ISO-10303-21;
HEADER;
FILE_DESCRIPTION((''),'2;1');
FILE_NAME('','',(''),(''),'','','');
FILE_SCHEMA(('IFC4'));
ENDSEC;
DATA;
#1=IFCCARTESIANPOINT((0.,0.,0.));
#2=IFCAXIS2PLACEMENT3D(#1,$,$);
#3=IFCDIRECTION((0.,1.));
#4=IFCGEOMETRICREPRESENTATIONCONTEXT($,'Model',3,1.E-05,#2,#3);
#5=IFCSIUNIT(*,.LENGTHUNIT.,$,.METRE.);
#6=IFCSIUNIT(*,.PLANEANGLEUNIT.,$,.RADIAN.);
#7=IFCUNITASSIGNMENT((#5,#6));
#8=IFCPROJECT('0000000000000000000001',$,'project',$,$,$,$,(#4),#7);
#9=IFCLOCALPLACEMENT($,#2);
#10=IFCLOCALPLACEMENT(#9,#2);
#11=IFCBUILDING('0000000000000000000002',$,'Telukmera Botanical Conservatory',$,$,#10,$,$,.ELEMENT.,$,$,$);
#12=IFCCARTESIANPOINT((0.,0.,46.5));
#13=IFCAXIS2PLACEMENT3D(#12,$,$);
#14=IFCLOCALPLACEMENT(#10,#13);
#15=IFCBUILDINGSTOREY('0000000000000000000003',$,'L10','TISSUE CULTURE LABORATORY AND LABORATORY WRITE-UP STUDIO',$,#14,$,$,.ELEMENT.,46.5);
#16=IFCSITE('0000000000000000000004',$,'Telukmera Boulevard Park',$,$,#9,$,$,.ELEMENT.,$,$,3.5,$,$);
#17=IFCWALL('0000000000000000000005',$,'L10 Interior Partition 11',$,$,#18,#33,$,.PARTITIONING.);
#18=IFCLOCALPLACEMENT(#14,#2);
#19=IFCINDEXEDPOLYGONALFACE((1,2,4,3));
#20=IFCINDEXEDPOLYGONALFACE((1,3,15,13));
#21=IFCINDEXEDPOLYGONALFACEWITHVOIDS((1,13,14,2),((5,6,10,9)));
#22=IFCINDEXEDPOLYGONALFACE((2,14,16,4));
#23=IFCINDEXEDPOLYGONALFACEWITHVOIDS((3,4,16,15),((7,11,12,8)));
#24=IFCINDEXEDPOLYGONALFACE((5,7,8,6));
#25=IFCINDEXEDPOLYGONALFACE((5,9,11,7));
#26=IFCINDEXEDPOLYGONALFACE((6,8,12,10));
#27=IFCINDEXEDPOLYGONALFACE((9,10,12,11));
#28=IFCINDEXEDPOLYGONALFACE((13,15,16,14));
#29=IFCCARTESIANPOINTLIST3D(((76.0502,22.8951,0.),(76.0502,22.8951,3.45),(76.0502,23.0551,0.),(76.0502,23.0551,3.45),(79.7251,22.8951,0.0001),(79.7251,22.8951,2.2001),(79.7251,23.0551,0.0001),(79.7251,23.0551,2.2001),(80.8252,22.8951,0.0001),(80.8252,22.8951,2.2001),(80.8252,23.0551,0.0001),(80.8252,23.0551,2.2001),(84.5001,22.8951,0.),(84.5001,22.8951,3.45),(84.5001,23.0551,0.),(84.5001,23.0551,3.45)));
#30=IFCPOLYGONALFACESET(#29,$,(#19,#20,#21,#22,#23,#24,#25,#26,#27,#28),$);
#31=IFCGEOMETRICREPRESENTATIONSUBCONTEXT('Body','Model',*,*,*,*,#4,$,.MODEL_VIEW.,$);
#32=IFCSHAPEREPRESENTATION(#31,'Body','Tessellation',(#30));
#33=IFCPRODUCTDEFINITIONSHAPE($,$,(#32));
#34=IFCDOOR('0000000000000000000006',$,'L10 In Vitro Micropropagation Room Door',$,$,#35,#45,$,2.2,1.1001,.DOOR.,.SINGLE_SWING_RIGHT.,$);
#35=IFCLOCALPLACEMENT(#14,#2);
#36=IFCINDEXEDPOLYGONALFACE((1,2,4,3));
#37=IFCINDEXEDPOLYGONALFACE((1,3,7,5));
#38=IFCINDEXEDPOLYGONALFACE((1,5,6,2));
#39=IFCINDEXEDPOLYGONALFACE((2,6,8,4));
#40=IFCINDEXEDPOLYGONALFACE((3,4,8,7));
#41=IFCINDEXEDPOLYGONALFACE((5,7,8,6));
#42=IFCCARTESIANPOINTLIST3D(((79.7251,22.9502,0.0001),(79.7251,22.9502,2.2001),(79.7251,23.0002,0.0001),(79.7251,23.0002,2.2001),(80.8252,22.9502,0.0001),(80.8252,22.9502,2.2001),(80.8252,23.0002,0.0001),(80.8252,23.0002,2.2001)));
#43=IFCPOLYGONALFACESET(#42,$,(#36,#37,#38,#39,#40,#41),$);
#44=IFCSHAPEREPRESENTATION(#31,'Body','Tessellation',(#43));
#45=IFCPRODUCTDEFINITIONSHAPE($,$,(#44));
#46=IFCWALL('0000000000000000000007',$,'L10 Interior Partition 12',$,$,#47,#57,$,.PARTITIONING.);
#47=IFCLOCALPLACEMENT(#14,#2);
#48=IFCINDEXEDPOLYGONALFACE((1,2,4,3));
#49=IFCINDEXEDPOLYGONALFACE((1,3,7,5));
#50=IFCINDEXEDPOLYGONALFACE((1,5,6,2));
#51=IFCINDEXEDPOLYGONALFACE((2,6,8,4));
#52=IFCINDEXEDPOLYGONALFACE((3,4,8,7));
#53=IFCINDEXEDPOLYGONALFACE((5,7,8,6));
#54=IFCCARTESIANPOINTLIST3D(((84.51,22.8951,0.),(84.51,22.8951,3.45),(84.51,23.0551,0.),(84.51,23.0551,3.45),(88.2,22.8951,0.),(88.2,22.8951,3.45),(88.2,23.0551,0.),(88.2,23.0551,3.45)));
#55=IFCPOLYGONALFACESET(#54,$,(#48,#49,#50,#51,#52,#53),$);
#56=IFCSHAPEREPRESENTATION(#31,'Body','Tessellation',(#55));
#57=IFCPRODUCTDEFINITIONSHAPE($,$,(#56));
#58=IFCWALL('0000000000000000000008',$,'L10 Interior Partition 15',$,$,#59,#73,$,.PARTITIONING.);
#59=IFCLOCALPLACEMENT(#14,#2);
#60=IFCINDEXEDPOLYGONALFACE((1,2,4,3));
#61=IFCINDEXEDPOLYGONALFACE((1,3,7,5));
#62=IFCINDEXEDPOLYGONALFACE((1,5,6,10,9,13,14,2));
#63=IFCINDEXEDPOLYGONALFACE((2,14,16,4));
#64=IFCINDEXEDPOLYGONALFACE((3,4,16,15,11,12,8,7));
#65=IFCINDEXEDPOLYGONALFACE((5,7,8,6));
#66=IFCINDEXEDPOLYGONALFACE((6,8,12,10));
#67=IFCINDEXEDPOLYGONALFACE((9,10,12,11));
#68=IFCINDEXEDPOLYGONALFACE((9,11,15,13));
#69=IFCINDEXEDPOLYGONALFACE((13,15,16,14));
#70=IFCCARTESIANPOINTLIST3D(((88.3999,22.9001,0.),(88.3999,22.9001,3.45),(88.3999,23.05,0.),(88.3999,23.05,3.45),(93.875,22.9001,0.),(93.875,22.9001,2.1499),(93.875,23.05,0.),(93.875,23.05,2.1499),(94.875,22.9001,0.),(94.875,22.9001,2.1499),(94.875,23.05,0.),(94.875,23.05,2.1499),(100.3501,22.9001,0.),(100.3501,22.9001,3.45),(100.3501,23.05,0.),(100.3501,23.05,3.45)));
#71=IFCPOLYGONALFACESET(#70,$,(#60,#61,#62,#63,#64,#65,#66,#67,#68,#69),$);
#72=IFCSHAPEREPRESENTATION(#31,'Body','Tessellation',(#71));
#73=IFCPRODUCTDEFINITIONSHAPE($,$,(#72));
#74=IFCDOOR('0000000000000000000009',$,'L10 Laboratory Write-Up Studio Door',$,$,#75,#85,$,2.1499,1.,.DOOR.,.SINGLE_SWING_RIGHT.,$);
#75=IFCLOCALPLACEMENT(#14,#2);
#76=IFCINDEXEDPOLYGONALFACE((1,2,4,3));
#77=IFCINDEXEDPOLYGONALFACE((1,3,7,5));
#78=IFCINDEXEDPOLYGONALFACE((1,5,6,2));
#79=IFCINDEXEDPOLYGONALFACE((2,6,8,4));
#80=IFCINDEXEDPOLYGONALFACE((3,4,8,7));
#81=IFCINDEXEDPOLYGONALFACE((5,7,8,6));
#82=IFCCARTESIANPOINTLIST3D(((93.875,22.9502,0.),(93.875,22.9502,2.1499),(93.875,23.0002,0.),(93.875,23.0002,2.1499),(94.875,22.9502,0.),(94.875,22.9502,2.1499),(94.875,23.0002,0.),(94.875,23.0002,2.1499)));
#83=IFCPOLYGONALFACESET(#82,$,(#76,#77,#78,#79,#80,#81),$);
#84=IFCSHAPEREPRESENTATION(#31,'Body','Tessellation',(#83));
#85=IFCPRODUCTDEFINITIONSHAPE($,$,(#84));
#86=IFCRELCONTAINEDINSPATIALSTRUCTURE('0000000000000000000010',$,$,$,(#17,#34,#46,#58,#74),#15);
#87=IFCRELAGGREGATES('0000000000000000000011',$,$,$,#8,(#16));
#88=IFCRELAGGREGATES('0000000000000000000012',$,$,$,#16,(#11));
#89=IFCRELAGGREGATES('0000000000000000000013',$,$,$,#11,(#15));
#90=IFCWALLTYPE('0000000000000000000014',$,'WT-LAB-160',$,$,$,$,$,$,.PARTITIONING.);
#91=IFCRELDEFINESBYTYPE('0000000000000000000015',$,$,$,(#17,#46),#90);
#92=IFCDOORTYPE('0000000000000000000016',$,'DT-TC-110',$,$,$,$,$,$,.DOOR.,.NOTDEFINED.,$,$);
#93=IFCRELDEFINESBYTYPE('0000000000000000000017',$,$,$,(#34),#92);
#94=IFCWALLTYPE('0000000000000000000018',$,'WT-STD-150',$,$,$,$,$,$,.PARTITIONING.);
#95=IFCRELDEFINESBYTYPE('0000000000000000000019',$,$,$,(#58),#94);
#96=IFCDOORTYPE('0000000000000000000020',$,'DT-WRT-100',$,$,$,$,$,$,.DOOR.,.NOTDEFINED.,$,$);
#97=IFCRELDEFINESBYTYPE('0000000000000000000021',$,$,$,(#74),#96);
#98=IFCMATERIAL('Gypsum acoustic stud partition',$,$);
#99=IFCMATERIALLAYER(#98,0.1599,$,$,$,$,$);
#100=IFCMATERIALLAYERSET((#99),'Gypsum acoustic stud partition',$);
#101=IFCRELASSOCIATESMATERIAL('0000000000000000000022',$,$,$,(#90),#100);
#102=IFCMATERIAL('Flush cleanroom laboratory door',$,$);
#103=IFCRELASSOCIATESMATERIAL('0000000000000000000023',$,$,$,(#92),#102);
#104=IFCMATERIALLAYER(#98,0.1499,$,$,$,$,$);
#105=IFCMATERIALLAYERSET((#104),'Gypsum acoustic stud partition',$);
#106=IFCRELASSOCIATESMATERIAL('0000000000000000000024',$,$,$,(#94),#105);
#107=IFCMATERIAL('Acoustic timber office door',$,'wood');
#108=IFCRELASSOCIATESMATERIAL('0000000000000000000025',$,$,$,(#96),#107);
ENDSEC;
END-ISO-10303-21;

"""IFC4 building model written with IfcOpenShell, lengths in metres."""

from ifc_helpers import new_model, si_unit, direction, frame, frame_2d, origin, place, context, subcontext, project, spatial, rectangle, extrude, material, layer, layer_set, type_object, element, fill, save


model = new_model("IFC4")

# Units and contexts
model_context = context("Model", 3, precision=1e-05, world=origin(), true_north=direction((0.0, 1.0)))
body_context = subcontext(model_context, "Body", "Model", "MODEL_VIEW")
ifc_project = project(units=[si_unit("LENGTHUNIT", "METRE"), si_unit("PLANEANGLEUNIT", "RADIAN")], contexts=[model_context])

# Site, building, storey
site_placement = place(None, origin())
site = spatial("IfcSite", under=ifc_project, at=site_placement, Name="Telukmera Boulevard Park", CompositionType="ELEMENT", RefElevation=3.5)
building_placement = place(site_placement, origin())
building = spatial("IfcBuilding", under=site, at=building_placement, Name="Telukmera Botanical Conservatory", CompositionType="ELEMENT")
storey_placement = place(building_placement, frame((0.0, 0.0, 46.5)))
storey = spatial("IfcBuildingStorey", under=building, at=storey_placement, Name="L10", Description="TISSUE CULTURE LABORATORY AND LABORATORY WRITE-UP STUDIO", CompositionType="ELEMENT", Elevation=46.5)

# Wall, opening, door
ifc_material_1 = material(Name="Gypsum acoustic stud partition")
ifc_layer_1 = layer(ifc_material_1, 0.1599)
ifc_layer_set_1 = layer_set([ifc_layer_1], Name="Gypsum acoustic stud partition")
wall_type_1 = type_object("IfcWallType", Name="WT-LAB-160", PredefinedType="PARTITIONING", material=ifc_layer_set_1)
wall_1_placement = place(storey_placement, frame((76.05, 22.9751, 0.0), z_axis=(0.0, 0.0, 1.0), x_axis=(1.0, 0.0, 0.0)))
wall_1 = element("IfcWall", 1, at=wall_1_placement, inside=storey, type_object=wall_type_1, Name="L10 Interior Partition 11", PredefinedType="PARTITIONING", context=body_context, shape_type="SweptSolid", body=[
    extrude(rectangle(XDim=8.45, YDim=0.1599, at=frame_2d((4.2251, 0.0))), origin(), (0.0, 0.0, 1.0), 3.45),
])
opening_1_placement = place(wall_1_placement, frame((3.675, 0.0, 0.0)))
opening_1 = element("IfcOpeningElement", 2, at=opening_1_placement, cuts=wall_1, PredefinedType="OPENING", context=body_context, shape_type="SweptSolid", body=[
    extrude(rectangle(XDim=1.1001, YDim=2.2, at=frame_2d((0.55, 1.1001))), frame((0.0, 0.0898, 0.0), z_axis=(0.0, -1.0, 0.0), x_axis=(1.0, 0.0, 0.0)), (0.0, 0.0, 1.0), 0.1799),
])
ifc_material_2 = material(Name="Flush cleanroom laboratory door")
door_type_1 = type_object("IfcDoorType", Name="DT-TC-110", OperationType="NOTDEFINED", PredefinedType="DOOR", material=ifc_material_2)
door_1_placement = place(opening_1_placement, frame((1.1001, 0.0, 0.0), z_axis=(0.0, 0.0, 1.0), x_axis=(-1.0, 0.0, 0.0)))
door_1 = element("IfcDoor", 3, at=door_1_placement, inside=storey, type_object=door_type_1, Name="L10 In Vitro Micropropagation Room Door", OperationType="SINGLE_SWING_RIGHT", OverallHeight=2.2, OverallWidth=1.1001, PredefinedType="DOOR", context=body_context, shape_type="SweptSolid", body=[
    extrude(rectangle(XDim=1.1001, YDim=2.2, at=frame_2d((0.55, 1.1001))), frame((0.0, 0.0249, 0.0), z_axis=(0.0, -1.0, 0.0), x_axis=(1.0, 0.0, 0.0)), (0.0, 0.0, 1.0), 0.05),
])
fill(opening_1, door_1)

# Wall
wall_2_placement = place(storey_placement, frame((84.51, 22.9751, 0.0), z_axis=(0.0, 0.0, 1.0), x_axis=(1.0, 0.0, 0.0)))
element("IfcWall", 4, at=wall_2_placement, inside=storey, type_object=wall_type_1, Name="L10 Interior Partition 12", PredefinedType="PARTITIONING", context=body_context, shape_type="SweptSolid", body=[
    extrude(rectangle(XDim=3.6899, YDim=0.1599, at=frame_2d((1.845, 0.0))), origin(), (0.0, 0.0, 1.0), 3.45),
])

# Wall, opening, door
ifc_layer_2 = layer(ifc_material_1, 0.1499)
ifc_layer_set_2 = layer_set([ifc_layer_2], Name="Gypsum acoustic stud partition")
wall_type_2 = type_object("IfcWallType", Name="WT-STD-150", PredefinedType="PARTITIONING", material=ifc_layer_set_2)
wall_3_placement = place(storey_placement, frame((88.3999, 22.9751, 0.0), z_axis=(0.0, 0.0, 1.0), x_axis=(1.0, 0.0, 0.0)))
wall_3 = element("IfcWall", 5, at=wall_3_placement, inside=storey, type_object=wall_type_2, Name="L10 Interior Partition 15", PredefinedType="PARTITIONING", context=body_context, shape_type="SweptSolid", body=[
    extrude(rectangle(XDim=11.9502, YDim=0.1499, at=frame_2d((5.9751, 0.0))), origin(), (0.0, 0.0, 1.0), 3.45),
])
opening_2_placement = place(wall_3_placement, frame((5.4751, 0.0, 0.0)))
opening_2 = element("IfcOpeningElement", 6, at=opening_2_placement, cuts=wall_3, PredefinedType="OPENING", context=body_context, shape_type="SweptSolid", body=[
    extrude(rectangle(XDim=1.0, YDim=2.1499, at=frame_2d((0.5, 1.075))), frame((0.0, 0.085, 0.0), z_axis=(0.0, -1.0, 0.0), x_axis=(1.0, 0.0, 0.0)), (0.0, 0.0, 1.0), 0.1699),
])
ifc_material_3 = material(Name="Acoustic timber office door", Category="wood")
door_type_2 = type_object("IfcDoorType", Name="DT-WRT-100", OperationType="NOTDEFINED", PredefinedType="DOOR", material=ifc_material_3)
door_2_placement = place(opening_2_placement, frame((1.0, 0.0, 0.0), z_axis=(0.0, 0.0, 1.0), x_axis=(-1.0, 0.0, 0.0)))
door_2 = element("IfcDoor", 7, at=door_2_placement, inside=storey, type_object=door_type_2, Name="L10 Laboratory Write-Up Studio Door", OperationType="SINGLE_SWING_RIGHT", OverallHeight=2.1499, OverallWidth=1.0, PredefinedType="DOOR", context=body_context, shape_type="SweptSolid", body=[
    extrude(rectangle(XDim=1.0, YDim=2.1499, at=frame_2d((0.5, 1.075))), frame((0.0, 0.0249, 0.0), z_axis=(0.0, -1.0, 0.0), x_axis=(1.0, 0.0, 0.0)), (0.0, 0.0, 1.0), 0.05),
])
fill(opening_2, door_2)

save(model, "model.ifc")
